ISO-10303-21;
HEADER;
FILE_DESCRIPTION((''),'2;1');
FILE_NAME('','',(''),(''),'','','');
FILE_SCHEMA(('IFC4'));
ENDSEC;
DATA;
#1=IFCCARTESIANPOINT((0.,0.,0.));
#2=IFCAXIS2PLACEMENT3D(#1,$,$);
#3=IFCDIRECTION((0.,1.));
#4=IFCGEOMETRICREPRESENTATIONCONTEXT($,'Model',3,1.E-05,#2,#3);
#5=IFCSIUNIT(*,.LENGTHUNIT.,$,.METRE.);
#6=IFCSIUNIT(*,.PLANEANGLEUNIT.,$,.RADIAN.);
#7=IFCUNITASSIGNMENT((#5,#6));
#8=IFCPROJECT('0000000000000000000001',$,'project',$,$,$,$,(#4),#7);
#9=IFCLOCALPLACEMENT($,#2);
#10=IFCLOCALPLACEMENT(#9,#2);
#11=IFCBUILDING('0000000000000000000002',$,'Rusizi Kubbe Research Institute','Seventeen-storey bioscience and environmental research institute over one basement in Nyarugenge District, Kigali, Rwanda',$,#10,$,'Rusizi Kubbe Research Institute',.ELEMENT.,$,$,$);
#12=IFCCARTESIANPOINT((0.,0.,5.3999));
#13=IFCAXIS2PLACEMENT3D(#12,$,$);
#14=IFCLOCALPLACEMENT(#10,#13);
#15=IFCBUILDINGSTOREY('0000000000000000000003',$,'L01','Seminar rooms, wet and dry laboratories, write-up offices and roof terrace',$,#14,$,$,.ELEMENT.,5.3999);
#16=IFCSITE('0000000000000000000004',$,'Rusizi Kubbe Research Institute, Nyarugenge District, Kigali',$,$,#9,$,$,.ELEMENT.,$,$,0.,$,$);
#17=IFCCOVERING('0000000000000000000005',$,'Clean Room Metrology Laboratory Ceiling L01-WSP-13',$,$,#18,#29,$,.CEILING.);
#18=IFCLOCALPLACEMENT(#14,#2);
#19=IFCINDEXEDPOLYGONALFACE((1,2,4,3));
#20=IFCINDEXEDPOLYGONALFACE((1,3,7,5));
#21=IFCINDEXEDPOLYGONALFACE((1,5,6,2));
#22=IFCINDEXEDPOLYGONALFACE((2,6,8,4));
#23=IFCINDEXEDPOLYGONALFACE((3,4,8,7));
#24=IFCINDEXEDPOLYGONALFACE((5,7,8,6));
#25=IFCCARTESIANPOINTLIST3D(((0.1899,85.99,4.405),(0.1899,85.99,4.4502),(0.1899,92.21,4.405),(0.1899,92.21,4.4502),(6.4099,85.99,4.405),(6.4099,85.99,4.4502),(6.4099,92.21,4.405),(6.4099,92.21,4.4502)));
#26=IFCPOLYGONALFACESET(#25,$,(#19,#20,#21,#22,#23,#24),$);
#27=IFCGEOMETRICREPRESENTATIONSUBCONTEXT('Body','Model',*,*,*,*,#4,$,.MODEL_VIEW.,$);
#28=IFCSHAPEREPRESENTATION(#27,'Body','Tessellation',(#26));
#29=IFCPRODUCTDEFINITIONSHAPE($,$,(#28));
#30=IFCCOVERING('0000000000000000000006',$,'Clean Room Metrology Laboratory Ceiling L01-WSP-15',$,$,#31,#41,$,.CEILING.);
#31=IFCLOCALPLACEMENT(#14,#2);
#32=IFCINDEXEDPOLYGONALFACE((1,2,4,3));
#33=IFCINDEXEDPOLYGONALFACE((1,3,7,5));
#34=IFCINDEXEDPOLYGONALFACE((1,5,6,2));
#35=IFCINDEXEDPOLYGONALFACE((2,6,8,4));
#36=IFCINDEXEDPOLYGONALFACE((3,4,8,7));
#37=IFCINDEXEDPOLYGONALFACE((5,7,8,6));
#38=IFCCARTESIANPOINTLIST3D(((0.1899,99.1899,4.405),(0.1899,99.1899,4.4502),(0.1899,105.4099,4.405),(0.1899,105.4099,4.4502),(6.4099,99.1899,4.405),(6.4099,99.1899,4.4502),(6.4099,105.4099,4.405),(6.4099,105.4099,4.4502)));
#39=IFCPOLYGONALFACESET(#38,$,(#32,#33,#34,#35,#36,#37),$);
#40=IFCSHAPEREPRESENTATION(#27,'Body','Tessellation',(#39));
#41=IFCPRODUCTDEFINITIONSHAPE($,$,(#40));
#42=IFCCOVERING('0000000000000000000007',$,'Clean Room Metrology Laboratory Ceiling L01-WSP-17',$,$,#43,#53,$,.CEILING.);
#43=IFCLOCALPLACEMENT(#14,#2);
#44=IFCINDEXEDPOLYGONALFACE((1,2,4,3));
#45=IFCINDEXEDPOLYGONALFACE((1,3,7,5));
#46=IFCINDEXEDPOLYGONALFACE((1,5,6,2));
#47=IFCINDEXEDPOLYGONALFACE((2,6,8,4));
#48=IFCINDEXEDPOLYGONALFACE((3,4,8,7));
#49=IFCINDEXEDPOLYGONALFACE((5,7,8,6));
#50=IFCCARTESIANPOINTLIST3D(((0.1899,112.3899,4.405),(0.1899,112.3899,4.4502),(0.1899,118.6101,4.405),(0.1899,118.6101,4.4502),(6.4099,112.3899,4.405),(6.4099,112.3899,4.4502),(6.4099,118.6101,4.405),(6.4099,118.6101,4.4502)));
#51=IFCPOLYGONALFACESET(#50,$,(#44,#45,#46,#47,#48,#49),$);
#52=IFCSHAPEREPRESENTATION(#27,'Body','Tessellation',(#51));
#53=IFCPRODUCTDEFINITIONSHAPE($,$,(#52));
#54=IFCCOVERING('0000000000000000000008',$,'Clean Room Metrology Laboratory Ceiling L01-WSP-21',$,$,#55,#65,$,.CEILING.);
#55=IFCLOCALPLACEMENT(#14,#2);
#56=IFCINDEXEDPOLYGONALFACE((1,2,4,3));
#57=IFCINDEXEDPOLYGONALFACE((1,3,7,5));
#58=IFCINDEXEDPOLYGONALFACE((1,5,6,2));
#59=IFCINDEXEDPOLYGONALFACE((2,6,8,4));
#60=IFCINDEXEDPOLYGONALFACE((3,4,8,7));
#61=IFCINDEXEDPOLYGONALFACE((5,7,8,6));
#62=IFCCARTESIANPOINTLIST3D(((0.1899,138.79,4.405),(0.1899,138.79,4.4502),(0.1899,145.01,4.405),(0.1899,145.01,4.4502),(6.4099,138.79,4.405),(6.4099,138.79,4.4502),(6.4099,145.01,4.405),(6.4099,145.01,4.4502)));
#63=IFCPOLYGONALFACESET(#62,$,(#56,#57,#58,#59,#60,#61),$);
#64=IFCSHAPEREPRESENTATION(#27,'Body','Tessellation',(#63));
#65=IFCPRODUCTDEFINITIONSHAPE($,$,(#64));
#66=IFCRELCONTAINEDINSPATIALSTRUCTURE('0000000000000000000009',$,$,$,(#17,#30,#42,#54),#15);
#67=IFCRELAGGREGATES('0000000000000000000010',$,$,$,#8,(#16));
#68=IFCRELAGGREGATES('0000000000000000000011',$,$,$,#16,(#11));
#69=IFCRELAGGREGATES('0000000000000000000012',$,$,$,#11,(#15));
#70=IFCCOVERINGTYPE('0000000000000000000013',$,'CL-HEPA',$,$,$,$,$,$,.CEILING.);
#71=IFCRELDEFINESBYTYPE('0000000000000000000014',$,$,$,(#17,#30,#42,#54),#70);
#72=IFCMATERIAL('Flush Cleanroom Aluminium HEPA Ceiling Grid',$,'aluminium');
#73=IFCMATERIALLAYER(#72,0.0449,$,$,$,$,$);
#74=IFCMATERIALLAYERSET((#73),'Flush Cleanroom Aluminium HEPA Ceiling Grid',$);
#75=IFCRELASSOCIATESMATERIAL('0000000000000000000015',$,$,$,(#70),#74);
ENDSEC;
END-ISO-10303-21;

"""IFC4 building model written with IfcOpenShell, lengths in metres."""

from ifc_helpers import new_model, si_unit, direction, frame, origin, place, context, subcontext, project, spatial, polyline, outline, extrude, material, layer, layer_set, type_object, element, save


model = new_model("IFC4")

# Units and contexts
model_context = context("Model", 3, precision=1e-05, world=origin(), true_north=direction((0.0, 1.0)))
body_context = subcontext(model_context, "Body", "Model", "MODEL_VIEW")
ifc_project = project(units=[si_unit("LENGTHUNIT", "METRE"), si_unit("PLANEANGLEUNIT", "RADIAN")], contexts=[model_context])

# Site, building, storey
site_placement = place(None, origin())
site = spatial("IfcSite", under=ifc_project, at=site_placement, Name="Rusizi Kubbe Research Institute, Nyarugenge District, Kigali", CompositionType="ELEMENT", RefElevation=0.0)
building_placement = place(site_placement, origin())
building = spatial("IfcBuilding", under=site, at=building_placement, Name="Rusizi Kubbe Research Institute", Description="Seventeen-storey bioscience and environmental research institute over one basement in Nyarugenge District, Kigali, Rwanda", LongName="Rusizi Kubbe Research Institute", CompositionType="ELEMENT")
storey_placement = place(building_placement, frame((0.0, 0.0, 5.3999)))
storey = spatial("IfcBuildingStorey", under=building, at=storey_placement, Name="L01", Description="Seminar rooms, wet and dry laboratories, write-up offices and roof terrace", CompositionType="ELEMENT", Elevation=5.3999)

# Coverings
ifc_material_1 = material(Name="Flush Cleanroom Aluminium HEPA Ceiling Grid", Category="aluminium")
ifc_layer_1 = layer(ifc_material_1, 0.0449)
ifc_layer_set_1 = layer_set([ifc_layer_1], Name="Flush Cleanroom Aluminium HEPA Ceiling Grid")
covering_type_1 = type_object("IfcCoveringType", Name="CL-HEPA", PredefinedType="CEILING", material=ifc_layer_set_1)
covering_1_placement = place(storey_placement, frame((0.0, 0.0, 4.405)))
element("IfcCovering", 1, at=covering_1_placement, inside=storey, type_object=covering_type_1, Name="Clean Room Metrology Laboratory Ceiling L01-WSP-13", PredefinedType="CEILING", context=body_context, shape_type="SweptSolid", body=[
    extrude(outline(polyline([(0.1899, 85.99), (6.4099, 85.99), (6.4099, 92.21), (0.1899, 92.21), (0.1899, 85.99)])), origin(), (0.0, 0.0, 1.0), 0.0452),
])
covering_2_placement = place(storey_placement, frame((0.0, 0.0, 4.405)))
element("IfcCovering", 2, at=covering_2_placement, inside=storey, type_object=covering_type_1, Name="Clean Room Metrology Laboratory Ceiling L01-WSP-15", PredefinedType="CEILING", context=body_context, shape_type="SweptSolid", body=[
    extrude(outline(polyline([(0.1899, 99.1899), (6.4099, 99.1899), (6.4099, 105.4099), (0.1899, 105.4099), (0.1899, 99.1899)])), origin(), (0.0, 0.0, 1.0), 0.0452),
])
covering_3_placement = place(storey_placement, frame((0.0, 0.0, 4.405)))
element("IfcCovering", 3, at=covering_3_placement, inside=storey, type_object=covering_type_1, Name="Clean Room Metrology Laboratory Ceiling L01-WSP-17", PredefinedType="CEILING", context=body_context, shape_type="SweptSolid", body=[
    extrude(outline(polyline([(0.1899, 112.3899), (6.4099, 112.3899), (6.4099, 118.6101), (0.1899, 118.6101), (0.1899, 112.3899)])), origin(), (0.0, 0.0, 1.0), 0.0452),
])
covering_4_placement = place(storey_placement, frame((0.0, 0.0, 4.405)))
element("IfcCovering", 4, at=covering_4_placement, inside=storey, type_object=covering_type_1, Name="Clean Room Metrology Laboratory Ceiling L01-WSP-21", PredefinedType="CEILING", context=body_context, shape_type="SweptSolid", body=[
    extrude(outline(polyline([(0.1899, 138.79), (6.4099, 138.79), (6.4099, 145.01), (0.1899, 145.01), (0.1899, 138.79)])), origin(), (0.0, 0.0, 1.0), 0.0452),
])

save(model, "model.ifc")
